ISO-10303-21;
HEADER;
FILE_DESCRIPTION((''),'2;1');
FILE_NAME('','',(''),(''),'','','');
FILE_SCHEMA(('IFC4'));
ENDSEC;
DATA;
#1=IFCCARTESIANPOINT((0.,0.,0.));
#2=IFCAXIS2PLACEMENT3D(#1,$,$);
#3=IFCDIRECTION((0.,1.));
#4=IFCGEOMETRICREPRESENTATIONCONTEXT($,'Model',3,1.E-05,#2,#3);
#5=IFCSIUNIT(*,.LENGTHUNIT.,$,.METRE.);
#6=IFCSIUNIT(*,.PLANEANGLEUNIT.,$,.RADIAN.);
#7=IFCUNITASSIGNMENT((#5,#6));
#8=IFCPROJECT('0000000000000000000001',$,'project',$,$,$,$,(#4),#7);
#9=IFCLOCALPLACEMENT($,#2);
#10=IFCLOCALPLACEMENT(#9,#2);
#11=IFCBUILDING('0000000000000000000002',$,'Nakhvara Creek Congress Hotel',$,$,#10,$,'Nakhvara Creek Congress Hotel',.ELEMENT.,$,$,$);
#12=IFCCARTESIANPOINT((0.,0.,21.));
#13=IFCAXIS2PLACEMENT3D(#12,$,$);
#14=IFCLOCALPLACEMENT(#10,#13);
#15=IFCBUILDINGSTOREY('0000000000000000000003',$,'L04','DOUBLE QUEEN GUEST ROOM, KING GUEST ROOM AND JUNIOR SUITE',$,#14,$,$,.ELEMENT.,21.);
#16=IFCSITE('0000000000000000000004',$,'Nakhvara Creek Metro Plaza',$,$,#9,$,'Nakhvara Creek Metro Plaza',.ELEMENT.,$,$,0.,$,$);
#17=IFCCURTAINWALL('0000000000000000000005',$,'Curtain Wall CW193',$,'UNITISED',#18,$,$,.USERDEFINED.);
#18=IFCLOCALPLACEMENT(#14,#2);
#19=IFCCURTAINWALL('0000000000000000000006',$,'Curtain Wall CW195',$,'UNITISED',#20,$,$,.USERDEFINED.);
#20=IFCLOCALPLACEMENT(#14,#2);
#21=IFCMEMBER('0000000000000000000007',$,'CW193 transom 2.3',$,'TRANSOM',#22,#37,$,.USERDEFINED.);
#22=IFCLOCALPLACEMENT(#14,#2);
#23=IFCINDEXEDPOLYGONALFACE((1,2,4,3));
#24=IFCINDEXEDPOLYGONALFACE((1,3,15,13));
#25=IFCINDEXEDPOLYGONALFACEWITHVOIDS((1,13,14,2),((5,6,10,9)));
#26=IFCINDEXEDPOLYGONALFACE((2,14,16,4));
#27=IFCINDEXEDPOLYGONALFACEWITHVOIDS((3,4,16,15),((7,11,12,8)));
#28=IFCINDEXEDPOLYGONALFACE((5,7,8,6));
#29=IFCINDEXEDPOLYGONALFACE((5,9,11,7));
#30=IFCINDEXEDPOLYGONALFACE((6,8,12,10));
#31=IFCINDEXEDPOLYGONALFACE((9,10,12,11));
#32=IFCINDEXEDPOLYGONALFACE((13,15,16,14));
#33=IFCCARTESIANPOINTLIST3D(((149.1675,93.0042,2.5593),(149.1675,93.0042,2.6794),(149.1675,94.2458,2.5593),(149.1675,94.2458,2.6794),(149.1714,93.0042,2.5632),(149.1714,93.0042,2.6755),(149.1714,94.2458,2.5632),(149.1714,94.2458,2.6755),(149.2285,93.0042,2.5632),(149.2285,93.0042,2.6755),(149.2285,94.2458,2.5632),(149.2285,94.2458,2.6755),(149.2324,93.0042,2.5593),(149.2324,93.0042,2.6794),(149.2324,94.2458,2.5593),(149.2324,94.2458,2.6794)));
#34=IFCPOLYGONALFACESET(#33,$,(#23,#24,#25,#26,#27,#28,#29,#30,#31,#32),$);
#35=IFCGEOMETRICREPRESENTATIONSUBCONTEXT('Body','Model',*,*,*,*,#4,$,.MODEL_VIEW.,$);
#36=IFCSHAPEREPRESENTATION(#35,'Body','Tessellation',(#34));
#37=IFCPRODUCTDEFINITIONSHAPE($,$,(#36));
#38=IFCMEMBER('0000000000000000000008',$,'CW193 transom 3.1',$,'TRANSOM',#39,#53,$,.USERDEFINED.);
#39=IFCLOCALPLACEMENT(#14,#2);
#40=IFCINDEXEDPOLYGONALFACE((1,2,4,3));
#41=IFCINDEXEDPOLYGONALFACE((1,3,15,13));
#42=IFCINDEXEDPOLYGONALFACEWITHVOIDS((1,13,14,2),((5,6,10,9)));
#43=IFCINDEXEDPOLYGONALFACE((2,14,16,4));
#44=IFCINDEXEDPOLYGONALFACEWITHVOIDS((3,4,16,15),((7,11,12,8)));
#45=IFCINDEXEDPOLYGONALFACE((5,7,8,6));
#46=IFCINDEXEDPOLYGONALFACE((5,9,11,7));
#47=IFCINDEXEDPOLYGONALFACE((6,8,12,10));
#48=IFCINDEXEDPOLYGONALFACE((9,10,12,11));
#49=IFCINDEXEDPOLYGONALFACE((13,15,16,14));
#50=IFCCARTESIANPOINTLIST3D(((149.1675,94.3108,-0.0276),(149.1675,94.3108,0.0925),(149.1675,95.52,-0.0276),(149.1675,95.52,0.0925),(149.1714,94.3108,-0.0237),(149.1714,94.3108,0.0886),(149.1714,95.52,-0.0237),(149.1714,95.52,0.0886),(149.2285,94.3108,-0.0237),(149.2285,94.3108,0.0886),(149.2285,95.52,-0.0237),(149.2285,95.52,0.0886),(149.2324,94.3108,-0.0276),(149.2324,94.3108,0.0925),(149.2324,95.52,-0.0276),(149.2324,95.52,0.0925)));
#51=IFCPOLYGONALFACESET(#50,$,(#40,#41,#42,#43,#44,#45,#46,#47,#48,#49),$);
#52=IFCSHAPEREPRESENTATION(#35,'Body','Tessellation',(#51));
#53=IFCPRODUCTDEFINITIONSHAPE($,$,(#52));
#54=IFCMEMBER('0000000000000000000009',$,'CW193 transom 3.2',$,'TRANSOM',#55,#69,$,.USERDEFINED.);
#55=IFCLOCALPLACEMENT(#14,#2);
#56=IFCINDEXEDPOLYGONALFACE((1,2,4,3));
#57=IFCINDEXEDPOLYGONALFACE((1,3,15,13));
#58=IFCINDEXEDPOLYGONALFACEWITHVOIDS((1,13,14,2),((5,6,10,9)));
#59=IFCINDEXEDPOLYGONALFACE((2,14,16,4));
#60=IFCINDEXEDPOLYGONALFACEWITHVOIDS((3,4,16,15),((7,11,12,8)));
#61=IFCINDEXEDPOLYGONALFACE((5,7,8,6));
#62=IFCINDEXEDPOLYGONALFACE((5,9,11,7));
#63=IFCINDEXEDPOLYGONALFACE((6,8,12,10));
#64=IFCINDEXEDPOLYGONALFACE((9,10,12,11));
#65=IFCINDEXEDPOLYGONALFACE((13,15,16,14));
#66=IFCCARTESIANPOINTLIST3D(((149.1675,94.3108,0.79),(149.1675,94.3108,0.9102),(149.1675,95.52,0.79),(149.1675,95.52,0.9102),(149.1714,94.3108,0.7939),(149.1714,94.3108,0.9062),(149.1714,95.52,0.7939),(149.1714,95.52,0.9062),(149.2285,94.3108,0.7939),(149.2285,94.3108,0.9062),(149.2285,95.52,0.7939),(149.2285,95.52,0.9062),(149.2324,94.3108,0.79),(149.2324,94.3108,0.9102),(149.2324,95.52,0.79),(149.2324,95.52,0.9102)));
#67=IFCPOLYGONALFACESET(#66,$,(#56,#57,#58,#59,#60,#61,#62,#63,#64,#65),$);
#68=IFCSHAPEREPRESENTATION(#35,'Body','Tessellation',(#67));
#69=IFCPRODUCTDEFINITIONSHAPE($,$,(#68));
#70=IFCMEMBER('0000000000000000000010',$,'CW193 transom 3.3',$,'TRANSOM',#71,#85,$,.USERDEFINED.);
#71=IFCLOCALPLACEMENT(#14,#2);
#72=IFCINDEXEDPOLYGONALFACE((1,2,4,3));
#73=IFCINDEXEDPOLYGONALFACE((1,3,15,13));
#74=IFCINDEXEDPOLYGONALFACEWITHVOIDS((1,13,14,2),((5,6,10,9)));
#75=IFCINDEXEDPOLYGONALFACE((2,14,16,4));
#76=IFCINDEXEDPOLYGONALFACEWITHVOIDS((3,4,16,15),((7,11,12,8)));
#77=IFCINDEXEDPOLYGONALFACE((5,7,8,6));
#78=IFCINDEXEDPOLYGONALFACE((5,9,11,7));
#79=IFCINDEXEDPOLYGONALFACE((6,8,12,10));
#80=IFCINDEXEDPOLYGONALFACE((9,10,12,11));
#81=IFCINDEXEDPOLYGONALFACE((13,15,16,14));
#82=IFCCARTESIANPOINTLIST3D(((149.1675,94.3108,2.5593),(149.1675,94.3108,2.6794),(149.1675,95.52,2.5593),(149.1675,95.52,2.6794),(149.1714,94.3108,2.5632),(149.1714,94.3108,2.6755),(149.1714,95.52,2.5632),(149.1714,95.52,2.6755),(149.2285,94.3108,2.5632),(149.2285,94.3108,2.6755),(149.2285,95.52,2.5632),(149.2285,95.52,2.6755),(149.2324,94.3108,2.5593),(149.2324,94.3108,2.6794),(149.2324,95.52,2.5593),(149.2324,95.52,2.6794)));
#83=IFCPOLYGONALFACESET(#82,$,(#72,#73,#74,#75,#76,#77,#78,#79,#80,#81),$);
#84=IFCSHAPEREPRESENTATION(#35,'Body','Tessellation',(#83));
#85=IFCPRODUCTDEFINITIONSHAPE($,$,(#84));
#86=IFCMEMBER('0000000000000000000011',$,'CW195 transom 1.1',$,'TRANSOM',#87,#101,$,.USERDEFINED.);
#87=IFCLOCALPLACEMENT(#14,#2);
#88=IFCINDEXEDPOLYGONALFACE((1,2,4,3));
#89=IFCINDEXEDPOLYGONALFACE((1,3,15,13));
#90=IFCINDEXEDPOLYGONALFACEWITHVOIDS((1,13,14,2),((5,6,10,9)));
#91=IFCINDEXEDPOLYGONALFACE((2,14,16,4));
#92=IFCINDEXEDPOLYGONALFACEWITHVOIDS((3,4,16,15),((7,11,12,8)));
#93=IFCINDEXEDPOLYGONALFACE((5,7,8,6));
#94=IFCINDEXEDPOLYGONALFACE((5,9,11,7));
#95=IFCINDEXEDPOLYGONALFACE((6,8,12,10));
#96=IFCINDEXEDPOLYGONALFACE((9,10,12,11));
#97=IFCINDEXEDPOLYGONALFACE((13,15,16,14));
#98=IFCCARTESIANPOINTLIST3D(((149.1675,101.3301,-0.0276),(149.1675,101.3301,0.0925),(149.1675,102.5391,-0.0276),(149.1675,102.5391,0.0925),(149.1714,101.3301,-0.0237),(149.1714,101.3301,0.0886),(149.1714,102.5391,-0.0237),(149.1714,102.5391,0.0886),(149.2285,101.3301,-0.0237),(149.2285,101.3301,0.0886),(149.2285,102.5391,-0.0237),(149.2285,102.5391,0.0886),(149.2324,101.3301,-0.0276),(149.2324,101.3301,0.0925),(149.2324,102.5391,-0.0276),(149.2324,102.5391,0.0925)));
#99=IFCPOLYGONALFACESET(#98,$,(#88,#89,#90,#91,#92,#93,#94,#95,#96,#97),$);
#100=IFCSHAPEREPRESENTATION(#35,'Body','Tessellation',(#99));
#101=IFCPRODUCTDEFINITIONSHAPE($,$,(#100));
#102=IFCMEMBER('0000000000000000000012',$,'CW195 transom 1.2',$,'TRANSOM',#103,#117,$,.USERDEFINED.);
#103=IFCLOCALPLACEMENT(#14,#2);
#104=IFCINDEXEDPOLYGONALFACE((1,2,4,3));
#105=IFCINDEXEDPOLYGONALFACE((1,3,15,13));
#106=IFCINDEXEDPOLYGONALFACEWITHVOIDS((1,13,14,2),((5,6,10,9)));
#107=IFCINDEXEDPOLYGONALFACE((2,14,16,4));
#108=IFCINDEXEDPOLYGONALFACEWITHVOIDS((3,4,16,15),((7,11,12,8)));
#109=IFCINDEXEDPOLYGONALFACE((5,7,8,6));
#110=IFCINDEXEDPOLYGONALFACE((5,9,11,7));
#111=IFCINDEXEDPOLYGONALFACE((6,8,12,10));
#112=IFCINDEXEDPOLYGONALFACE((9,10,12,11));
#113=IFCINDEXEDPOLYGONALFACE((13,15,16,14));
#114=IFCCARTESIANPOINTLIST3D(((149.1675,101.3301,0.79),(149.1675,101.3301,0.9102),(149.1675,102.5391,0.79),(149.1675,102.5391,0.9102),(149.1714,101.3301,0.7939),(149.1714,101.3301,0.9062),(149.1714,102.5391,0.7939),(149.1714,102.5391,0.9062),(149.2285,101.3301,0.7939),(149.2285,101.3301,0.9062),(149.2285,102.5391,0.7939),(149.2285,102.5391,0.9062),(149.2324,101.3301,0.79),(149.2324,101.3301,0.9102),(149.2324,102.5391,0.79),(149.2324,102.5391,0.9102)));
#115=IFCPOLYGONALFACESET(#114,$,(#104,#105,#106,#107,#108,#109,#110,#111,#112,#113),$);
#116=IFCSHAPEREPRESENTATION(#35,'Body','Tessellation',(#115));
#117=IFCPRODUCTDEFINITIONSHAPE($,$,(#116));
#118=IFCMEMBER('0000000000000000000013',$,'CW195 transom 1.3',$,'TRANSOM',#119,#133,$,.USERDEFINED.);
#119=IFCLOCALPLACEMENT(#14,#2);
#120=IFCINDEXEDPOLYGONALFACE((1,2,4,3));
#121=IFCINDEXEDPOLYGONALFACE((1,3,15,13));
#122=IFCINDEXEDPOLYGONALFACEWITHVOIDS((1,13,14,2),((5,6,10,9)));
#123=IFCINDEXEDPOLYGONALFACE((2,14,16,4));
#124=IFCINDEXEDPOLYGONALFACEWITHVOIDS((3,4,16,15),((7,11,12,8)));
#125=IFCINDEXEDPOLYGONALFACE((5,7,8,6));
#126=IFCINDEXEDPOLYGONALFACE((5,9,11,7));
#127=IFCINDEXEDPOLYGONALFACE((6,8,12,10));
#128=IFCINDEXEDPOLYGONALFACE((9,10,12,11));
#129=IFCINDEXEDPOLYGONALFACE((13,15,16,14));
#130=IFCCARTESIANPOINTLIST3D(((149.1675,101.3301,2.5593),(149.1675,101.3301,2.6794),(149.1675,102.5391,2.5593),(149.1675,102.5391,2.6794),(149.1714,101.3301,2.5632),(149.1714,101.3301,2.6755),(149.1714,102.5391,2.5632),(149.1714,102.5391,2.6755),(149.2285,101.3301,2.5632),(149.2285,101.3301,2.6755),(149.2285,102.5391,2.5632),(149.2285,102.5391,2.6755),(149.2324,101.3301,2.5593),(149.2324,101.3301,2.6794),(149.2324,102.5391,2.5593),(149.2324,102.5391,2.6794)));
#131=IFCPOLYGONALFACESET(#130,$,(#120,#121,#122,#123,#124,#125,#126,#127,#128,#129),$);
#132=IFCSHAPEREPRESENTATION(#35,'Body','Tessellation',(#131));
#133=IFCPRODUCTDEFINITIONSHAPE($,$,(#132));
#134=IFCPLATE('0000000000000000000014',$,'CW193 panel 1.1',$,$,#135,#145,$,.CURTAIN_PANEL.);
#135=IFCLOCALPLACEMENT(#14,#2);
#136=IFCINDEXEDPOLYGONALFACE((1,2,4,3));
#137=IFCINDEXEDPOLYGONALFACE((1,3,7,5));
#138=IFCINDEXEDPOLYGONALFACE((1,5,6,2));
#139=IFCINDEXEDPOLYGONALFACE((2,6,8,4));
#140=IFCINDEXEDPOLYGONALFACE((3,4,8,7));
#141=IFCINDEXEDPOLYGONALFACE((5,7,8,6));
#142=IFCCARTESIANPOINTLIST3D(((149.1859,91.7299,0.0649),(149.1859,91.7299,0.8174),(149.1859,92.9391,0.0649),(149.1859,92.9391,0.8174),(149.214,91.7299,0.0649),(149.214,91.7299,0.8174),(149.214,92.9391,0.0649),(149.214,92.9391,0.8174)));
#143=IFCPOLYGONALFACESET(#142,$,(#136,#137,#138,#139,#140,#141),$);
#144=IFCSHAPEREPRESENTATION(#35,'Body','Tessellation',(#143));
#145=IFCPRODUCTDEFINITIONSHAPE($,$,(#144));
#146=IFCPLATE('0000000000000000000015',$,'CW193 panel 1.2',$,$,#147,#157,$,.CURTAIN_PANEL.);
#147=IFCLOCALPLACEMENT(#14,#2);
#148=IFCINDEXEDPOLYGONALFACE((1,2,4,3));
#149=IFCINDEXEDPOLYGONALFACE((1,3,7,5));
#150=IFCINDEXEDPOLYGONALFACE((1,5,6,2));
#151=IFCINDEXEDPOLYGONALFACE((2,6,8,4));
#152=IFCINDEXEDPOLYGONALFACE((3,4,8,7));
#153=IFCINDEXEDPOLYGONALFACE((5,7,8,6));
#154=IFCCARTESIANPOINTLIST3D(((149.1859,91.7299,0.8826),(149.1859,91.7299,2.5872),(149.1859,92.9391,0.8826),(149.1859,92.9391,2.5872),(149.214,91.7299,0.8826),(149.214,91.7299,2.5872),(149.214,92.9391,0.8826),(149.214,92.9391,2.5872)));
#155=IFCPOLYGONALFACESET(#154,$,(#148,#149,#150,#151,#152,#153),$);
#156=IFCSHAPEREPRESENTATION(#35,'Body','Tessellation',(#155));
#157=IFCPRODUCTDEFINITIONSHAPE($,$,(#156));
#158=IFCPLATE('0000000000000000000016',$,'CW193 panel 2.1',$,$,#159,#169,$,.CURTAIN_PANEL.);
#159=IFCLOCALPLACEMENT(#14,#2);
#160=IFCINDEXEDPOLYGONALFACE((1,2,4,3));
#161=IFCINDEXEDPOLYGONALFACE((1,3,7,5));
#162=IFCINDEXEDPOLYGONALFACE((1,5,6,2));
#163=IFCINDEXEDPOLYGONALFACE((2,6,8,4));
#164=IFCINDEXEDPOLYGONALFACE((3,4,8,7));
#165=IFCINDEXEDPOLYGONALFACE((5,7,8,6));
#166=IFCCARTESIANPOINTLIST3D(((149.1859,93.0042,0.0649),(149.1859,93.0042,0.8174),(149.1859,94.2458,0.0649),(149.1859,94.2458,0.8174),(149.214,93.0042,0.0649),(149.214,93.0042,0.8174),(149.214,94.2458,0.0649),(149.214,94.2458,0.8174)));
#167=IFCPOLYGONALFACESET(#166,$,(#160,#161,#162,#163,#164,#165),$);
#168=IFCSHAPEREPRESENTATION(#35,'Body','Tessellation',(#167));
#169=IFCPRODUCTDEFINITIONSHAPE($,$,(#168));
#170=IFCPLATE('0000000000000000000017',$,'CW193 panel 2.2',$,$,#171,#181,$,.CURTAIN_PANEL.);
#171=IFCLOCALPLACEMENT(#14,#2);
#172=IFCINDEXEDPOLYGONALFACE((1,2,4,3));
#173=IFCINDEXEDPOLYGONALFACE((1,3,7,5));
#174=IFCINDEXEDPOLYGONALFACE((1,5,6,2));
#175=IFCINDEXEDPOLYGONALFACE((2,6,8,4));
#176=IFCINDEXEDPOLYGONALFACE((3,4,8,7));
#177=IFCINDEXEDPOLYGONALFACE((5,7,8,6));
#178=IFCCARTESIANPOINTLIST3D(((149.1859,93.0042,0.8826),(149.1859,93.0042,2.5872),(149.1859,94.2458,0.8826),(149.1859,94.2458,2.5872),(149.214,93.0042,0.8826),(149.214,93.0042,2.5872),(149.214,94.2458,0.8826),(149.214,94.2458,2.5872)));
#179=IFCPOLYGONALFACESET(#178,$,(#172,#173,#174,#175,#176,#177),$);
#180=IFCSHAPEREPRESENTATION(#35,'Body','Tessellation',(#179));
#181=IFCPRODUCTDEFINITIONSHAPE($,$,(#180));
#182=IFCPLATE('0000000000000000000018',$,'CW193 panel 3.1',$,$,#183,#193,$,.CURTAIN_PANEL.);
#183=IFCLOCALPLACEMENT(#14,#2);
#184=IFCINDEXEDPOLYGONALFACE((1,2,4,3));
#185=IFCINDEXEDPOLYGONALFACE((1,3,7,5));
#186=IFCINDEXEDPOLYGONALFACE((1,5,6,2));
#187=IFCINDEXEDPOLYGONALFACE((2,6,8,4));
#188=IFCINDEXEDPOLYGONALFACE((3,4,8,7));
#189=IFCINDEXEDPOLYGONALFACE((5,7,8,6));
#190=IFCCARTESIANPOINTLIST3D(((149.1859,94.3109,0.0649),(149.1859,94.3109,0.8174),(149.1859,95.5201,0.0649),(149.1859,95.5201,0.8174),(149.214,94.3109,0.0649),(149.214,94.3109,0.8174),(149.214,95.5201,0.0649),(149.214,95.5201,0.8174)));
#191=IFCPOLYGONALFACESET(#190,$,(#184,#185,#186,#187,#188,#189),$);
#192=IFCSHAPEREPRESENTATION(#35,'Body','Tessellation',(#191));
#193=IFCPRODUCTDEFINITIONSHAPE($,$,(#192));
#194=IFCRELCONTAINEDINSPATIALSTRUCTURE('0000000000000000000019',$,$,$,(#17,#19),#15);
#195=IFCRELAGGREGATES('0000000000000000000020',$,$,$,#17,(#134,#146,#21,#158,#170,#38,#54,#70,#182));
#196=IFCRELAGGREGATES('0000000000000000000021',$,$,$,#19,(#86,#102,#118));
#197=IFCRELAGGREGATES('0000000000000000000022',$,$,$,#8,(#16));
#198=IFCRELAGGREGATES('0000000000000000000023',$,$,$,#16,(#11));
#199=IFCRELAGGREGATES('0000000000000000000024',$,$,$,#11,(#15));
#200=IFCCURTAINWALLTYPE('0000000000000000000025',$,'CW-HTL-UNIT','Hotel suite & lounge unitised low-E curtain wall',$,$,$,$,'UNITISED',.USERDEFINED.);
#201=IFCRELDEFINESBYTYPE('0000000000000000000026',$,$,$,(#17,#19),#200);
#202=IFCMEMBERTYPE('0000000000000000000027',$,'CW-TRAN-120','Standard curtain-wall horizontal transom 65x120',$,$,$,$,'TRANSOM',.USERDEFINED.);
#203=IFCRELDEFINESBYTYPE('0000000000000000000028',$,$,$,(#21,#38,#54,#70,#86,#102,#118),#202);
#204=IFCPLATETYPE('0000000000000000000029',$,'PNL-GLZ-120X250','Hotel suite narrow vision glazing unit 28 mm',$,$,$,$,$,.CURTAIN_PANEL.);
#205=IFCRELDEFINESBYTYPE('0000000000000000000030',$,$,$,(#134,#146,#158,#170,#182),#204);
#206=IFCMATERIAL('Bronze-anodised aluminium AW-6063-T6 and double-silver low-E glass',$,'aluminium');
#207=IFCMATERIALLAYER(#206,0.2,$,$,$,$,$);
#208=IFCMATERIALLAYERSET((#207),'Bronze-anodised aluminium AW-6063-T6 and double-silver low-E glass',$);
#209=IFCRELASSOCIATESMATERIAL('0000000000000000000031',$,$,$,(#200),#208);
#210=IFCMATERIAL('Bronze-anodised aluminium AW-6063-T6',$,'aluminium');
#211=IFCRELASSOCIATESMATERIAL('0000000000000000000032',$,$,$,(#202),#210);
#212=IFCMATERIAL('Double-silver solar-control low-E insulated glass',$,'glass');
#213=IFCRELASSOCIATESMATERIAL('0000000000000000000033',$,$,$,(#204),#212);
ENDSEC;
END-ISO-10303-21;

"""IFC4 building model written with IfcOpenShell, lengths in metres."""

from ifc_helpers import new_model, si_unit, direction, frame, origin, origin_2d, place, context, subcontext, project, spatial, rectangle, hollow_rectangle, extrude, material, layer, layer_set, material_profile, profile_set, type_object, element, aggregate, save


model = new_model("IFC4")

# Units and contexts
model_context = context("Model", 3, precision=1e-05, world=origin(), true_north=direction((0.0, 1.0)))
body_context = subcontext(model_context, "Body", "Model", "MODEL_VIEW")
ifc_project = project(units=[si_unit("LENGTHUNIT", "METRE"), si_unit("PLANEANGLEUNIT", "RADIAN")], contexts=[model_context])

# Site, building, storey
site_placement = place(None, origin())
site = spatial("IfcSite", under=ifc_project, at=site_placement, Name="Nakhvara Creek Metro Plaza", LongName="Nakhvara Creek Metro Plaza", CompositionType="ELEMENT", RefElevation=0.0)
building_placement = place(site_placement, origin())
building = spatial("IfcBuilding", under=site, at=building_placement, Name="Nakhvara Creek Congress Hotel", LongName="Nakhvara Creek Congress Hotel", CompositionType="ELEMENT")
storey_placement = place(building_placement, frame((0.0, 0.0, 21.0)))
storey = spatial("IfcBuildingStorey", under=building, at=storey_placement, Name="L04", Description="DOUBLE QUEEN GUEST ROOM, KING GUEST ROOM AND JUNIOR SUITE", CompositionType="ELEMENT", Elevation=21.0)

# Shared definitions
ifc_material_1 = material(Name="Bronze-anodised aluminium AW-6063-T6 and double-silver low-E glass", Category="aluminium")
ifc_layer = layer(ifc_material_1, 0.2)
ifc_layer_set = layer_set([ifc_layer], Name="Bronze-anodised aluminium AW-6063-T6 and double-silver low-E glass")
curtain_wall_type = type_object("IfcCurtainWallType", Name="CW-HTL-UNIT", Description="Hotel suite & lounge unitised low-E curtain wall", ElementType="UNITISED", PredefinedType="USERDEFINED", material=ifc_layer_set)
ifc_material_2 = material(Name="Bronze-anodised aluminium AW-6063-T6", Category="aluminium")

# Curtain wall
curtain_wall_1_placement = place(storey_placement, origin())
curtain_wall_1 = element("IfcCurtainWall", 1, at=curtain_wall_1_placement, inside=storey, type_object=curtain_wall_type, Name="Curtain Wall CW193", ObjectType="UNITISED", PredefinedType="USERDEFINED")

# Curtain wall
curtain_wall_2_placement = place(storey_placement, origin())
curtain_wall_2 = element("IfcCurtainWall", 2, at=curtain_wall_2_placement, inside=storey, type_object=curtain_wall_type, Name="Curtain Wall CW195", ObjectType="UNITISED", PredefinedType="USERDEFINED")

# Members
ifc_material_profile_1 = material_profile(ifc_material_2, hollow_rectangle(XDim=0.0649, YDim=0.1201, WallThickness=0.0039, at=origin_2d()), Name="ALU-TRAN 65x120x4", Category="LoadBearing")
ifc_profile_set_1 = profile_set([ifc_material_profile_1], Name="Bronze-anodised aluminium AW-6063-T6")
member_type_1 = type_object("IfcMemberType", Name="CW-TRAN-120", Description="Standard curtain-wall horizontal transom 65x120", ElementType="TRANSOM", PredefinedType="USERDEFINED", material=ifc_profile_set_1)
member_1_placement = place(storey_placement, frame((149.2, 93.0042, 2.6194), z_axis=(0.0, 1.0, 0.0), x_axis=(-1.0, 0.0, 0.0)))
member_1 = element("IfcMember", 3, at=member_1_placement, type_object=member_type_1, Name="CW193 transom 2.3", ObjectType="TRANSOM", PredefinedType="USERDEFINED", context=body_context, shape_type="SweptSolid", body=[
    extrude(hollow_rectangle(XDim=0.0649, YDim=0.1201, WallThickness=0.0039, at=origin_2d()), origin(), (0.0, 0.0, 1.0), 1.2417),
])
member_2_placement = place(storey_placement, frame((149.2, 94.3108, 0.0325), z_axis=(0.0, 1.0, 0.0), x_axis=(-1.0, 0.0, 0.0)))
member_2 = element("IfcMember", 4, at=member_2_placement, type_object=member_type_1, Name="CW193 transom 3.1", ObjectType="TRANSOM", PredefinedType="USERDEFINED", context=body_context, shape_type="SweptSolid", body=[
    extrude(hollow_rectangle(XDim=0.0649, YDim=0.1201, WallThickness=0.0039, at=origin_2d()), origin(), (0.0, 0.0, 1.0), 1.2092),
])
member_3_placement = place(storey_placement, frame((149.2, 94.3108, 0.8501), z_axis=(0.0, 1.0, 0.0), x_axis=(-1.0, 0.0, 0.0)))
member_3 = element("IfcMember", 5, at=member_3_placement, type_object=member_type_1, Name="CW193 transom 3.2", ObjectType="TRANSOM", PredefinedType="USERDEFINED", context=body_context, shape_type="SweptSolid", body=[
    extrude(hollow_rectangle(XDim=0.0649, YDim=0.1201, WallThickness=0.0039, at=origin_2d()), origin(), (0.0, 0.0, 1.0), 1.2092),
])
member_4_placement = place(storey_placement, frame((149.2, 94.3108, 2.6194), z_axis=(0.0, 1.0, 0.0), x_axis=(-1.0, 0.0, 0.0)))
member_4 = element("IfcMember", 6, at=member_4_placement, type_object=member_type_1, Name="CW193 transom 3.3", ObjectType="TRANSOM", PredefinedType="USERDEFINED", context=body_context, shape_type="SweptSolid", body=[
    extrude(hollow_rectangle(XDim=0.0649, YDim=0.1201, WallThickness=0.0039, at=origin_2d()), origin(), (0.0, 0.0, 1.0), 1.2092),
])
member_5_placement = place(storey_placement, frame((149.2, 101.3301, 0.0325), z_axis=(0.0, 1.0, 0.0), x_axis=(-1.0, 0.0, 0.0)))
member_5 = element("IfcMember", 7, at=member_5_placement, type_object=member_type_1, Name="CW195 transom 1.1", ObjectType="TRANSOM", PredefinedType="USERDEFINED", context=body_context, shape_type="SweptSolid", body=[
    extrude(hollow_rectangle(XDim=0.0649, YDim=0.1201, WallThickness=0.0039, at=origin_2d()), origin(), (0.0, 0.0, 1.0), 1.209),
])
member_6_placement = place(storey_placement, frame((149.2, 101.3301, 0.8501), z_axis=(0.0, 1.0, 0.0), x_axis=(-1.0, 0.0, 0.0)))
member_6 = element("IfcMember", 8, at=member_6_placement, type_object=member_type_1, Name="CW195 transom 1.2", ObjectType="TRANSOM", PredefinedType="USERDEFINED", context=body_context, shape_type="SweptSolid", body=[
    extrude(hollow_rectangle(XDim=0.0649, YDim=0.1201, WallThickness=0.0039, at=origin_2d()), origin(), (0.0, 0.0, 1.0), 1.209),
])
member_7_placement = place(storey_placement, frame((149.2, 101.3301, 2.6194), z_axis=(0.0, 1.0, 0.0), x_axis=(-1.0, 0.0, 0.0)))
member_7 = element("IfcMember", 9, at=member_7_placement, type_object=member_type_1, Name="CW195 transom 1.3", ObjectType="TRANSOM", PredefinedType="USERDEFINED", context=body_context, shape_type="SweptSolid", body=[
    extrude(hollow_rectangle(XDim=0.0649, YDim=0.1201, WallThickness=0.0039, at=origin_2d()), origin(), (0.0, 0.0, 1.0), 1.209),
])

# Plates
ifc_material_3 = material(Name="Double-silver solar-control low-E insulated glass", Category="glass")
plate_type = type_object("IfcPlateType", Name="PNL-GLZ-120X250", Description="Hotel suite narrow vision glazing unit 28 mm", PredefinedType="CURTAIN_PANEL", material=ifc_material_3)
plate_1_placement = place(storey_placement, frame((149.2, 92.3345, 0.0649), z_axis=(0.0, 0.0, 1.0), x_axis=(0.0, 1.0, 0.0)))
plate_1 = element("IfcPlate", 10, at=plate_1_placement, type_object=plate_type, Name="CW193 panel 1.1", PredefinedType="CURTAIN_PANEL", context=body_context, shape_type="SweptSolid", body=[
    extrude(rectangle(XDim=1.2092, YDim=0.0281, at=origin_2d()), origin(), (0.0, 0.0, 1.0), 0.7524),
])
plate_2_placement = place(storey_placement, frame((149.2, 92.3345, 0.8826), z_axis=(0.0, 0.0, 1.0), x_axis=(0.0, 1.0, 0.0)))
plate_2 = element("IfcPlate", 11, at=plate_2_placement, type_object=plate_type, Name="CW193 panel 1.2", PredefinedType="CURTAIN_PANEL", context=body_context, shape_type="SweptSolid", body=[
    extrude(rectangle(XDim=1.2092, YDim=0.0281, at=origin_2d()), origin(), (0.0, 0.0, 1.0), 1.7046),
])
plate_3_placement = place(storey_placement, frame((149.2, 93.625, 0.0649), z_axis=(0.0, 0.0, 1.0), x_axis=(0.0, 1.0, 0.0)))
plate_3 = element("IfcPlate", 12, at=plate_3_placement, type_object=plate_type, Name="CW193 panel 2.1", PredefinedType="CURTAIN_PANEL", context=body_context, shape_type="SweptSolid", body=[
    extrude(rectangle(XDim=1.2417, YDim=0.0281, at=origin_2d()), origin(), (0.0, 0.0, 1.0), 0.7524),
])
plate_4_placement = place(storey_placement, frame((149.2, 93.625, 0.8826), z_axis=(0.0, 0.0, 1.0), x_axis=(0.0, 1.0, 0.0)))
plate_4 = element("IfcPlate", 13, at=plate_4_placement, type_object=plate_type, Name="CW193 panel 2.2", PredefinedType="CURTAIN_PANEL", context=body_context, shape_type="SweptSolid", body=[
    extrude(rectangle(XDim=1.2417, YDim=0.0281, at=origin_2d()), origin(), (0.0, 0.0, 1.0), 1.7046),
])
plate_5_placement = place(storey_placement, frame((149.2, 94.9155, 0.0649), z_axis=(0.0, 0.0, 1.0), x_axis=(0.0, 1.0, 0.0)))
plate_5 = element("IfcPlate", 14, at=plate_5_placement, type_object=plate_type, Name="CW193 panel 3.1", PredefinedType="CURTAIN_PANEL", context=body_context, shape_type="SweptSolid", body=[
    extrude(rectangle(XDim=1.2092, YDim=0.0281, at=origin_2d()), origin(), (0.0, 0.0, 1.0), 0.7524),
])
aggregate(curtain_wall_1, [plate_1, plate_2, member_1, plate_3, plate_4, member_2, member_3, member_4, plate_5])
aggregate(curtain_wall_2, [member_5, member_6, member_7])

save(model, "model.ifc")
